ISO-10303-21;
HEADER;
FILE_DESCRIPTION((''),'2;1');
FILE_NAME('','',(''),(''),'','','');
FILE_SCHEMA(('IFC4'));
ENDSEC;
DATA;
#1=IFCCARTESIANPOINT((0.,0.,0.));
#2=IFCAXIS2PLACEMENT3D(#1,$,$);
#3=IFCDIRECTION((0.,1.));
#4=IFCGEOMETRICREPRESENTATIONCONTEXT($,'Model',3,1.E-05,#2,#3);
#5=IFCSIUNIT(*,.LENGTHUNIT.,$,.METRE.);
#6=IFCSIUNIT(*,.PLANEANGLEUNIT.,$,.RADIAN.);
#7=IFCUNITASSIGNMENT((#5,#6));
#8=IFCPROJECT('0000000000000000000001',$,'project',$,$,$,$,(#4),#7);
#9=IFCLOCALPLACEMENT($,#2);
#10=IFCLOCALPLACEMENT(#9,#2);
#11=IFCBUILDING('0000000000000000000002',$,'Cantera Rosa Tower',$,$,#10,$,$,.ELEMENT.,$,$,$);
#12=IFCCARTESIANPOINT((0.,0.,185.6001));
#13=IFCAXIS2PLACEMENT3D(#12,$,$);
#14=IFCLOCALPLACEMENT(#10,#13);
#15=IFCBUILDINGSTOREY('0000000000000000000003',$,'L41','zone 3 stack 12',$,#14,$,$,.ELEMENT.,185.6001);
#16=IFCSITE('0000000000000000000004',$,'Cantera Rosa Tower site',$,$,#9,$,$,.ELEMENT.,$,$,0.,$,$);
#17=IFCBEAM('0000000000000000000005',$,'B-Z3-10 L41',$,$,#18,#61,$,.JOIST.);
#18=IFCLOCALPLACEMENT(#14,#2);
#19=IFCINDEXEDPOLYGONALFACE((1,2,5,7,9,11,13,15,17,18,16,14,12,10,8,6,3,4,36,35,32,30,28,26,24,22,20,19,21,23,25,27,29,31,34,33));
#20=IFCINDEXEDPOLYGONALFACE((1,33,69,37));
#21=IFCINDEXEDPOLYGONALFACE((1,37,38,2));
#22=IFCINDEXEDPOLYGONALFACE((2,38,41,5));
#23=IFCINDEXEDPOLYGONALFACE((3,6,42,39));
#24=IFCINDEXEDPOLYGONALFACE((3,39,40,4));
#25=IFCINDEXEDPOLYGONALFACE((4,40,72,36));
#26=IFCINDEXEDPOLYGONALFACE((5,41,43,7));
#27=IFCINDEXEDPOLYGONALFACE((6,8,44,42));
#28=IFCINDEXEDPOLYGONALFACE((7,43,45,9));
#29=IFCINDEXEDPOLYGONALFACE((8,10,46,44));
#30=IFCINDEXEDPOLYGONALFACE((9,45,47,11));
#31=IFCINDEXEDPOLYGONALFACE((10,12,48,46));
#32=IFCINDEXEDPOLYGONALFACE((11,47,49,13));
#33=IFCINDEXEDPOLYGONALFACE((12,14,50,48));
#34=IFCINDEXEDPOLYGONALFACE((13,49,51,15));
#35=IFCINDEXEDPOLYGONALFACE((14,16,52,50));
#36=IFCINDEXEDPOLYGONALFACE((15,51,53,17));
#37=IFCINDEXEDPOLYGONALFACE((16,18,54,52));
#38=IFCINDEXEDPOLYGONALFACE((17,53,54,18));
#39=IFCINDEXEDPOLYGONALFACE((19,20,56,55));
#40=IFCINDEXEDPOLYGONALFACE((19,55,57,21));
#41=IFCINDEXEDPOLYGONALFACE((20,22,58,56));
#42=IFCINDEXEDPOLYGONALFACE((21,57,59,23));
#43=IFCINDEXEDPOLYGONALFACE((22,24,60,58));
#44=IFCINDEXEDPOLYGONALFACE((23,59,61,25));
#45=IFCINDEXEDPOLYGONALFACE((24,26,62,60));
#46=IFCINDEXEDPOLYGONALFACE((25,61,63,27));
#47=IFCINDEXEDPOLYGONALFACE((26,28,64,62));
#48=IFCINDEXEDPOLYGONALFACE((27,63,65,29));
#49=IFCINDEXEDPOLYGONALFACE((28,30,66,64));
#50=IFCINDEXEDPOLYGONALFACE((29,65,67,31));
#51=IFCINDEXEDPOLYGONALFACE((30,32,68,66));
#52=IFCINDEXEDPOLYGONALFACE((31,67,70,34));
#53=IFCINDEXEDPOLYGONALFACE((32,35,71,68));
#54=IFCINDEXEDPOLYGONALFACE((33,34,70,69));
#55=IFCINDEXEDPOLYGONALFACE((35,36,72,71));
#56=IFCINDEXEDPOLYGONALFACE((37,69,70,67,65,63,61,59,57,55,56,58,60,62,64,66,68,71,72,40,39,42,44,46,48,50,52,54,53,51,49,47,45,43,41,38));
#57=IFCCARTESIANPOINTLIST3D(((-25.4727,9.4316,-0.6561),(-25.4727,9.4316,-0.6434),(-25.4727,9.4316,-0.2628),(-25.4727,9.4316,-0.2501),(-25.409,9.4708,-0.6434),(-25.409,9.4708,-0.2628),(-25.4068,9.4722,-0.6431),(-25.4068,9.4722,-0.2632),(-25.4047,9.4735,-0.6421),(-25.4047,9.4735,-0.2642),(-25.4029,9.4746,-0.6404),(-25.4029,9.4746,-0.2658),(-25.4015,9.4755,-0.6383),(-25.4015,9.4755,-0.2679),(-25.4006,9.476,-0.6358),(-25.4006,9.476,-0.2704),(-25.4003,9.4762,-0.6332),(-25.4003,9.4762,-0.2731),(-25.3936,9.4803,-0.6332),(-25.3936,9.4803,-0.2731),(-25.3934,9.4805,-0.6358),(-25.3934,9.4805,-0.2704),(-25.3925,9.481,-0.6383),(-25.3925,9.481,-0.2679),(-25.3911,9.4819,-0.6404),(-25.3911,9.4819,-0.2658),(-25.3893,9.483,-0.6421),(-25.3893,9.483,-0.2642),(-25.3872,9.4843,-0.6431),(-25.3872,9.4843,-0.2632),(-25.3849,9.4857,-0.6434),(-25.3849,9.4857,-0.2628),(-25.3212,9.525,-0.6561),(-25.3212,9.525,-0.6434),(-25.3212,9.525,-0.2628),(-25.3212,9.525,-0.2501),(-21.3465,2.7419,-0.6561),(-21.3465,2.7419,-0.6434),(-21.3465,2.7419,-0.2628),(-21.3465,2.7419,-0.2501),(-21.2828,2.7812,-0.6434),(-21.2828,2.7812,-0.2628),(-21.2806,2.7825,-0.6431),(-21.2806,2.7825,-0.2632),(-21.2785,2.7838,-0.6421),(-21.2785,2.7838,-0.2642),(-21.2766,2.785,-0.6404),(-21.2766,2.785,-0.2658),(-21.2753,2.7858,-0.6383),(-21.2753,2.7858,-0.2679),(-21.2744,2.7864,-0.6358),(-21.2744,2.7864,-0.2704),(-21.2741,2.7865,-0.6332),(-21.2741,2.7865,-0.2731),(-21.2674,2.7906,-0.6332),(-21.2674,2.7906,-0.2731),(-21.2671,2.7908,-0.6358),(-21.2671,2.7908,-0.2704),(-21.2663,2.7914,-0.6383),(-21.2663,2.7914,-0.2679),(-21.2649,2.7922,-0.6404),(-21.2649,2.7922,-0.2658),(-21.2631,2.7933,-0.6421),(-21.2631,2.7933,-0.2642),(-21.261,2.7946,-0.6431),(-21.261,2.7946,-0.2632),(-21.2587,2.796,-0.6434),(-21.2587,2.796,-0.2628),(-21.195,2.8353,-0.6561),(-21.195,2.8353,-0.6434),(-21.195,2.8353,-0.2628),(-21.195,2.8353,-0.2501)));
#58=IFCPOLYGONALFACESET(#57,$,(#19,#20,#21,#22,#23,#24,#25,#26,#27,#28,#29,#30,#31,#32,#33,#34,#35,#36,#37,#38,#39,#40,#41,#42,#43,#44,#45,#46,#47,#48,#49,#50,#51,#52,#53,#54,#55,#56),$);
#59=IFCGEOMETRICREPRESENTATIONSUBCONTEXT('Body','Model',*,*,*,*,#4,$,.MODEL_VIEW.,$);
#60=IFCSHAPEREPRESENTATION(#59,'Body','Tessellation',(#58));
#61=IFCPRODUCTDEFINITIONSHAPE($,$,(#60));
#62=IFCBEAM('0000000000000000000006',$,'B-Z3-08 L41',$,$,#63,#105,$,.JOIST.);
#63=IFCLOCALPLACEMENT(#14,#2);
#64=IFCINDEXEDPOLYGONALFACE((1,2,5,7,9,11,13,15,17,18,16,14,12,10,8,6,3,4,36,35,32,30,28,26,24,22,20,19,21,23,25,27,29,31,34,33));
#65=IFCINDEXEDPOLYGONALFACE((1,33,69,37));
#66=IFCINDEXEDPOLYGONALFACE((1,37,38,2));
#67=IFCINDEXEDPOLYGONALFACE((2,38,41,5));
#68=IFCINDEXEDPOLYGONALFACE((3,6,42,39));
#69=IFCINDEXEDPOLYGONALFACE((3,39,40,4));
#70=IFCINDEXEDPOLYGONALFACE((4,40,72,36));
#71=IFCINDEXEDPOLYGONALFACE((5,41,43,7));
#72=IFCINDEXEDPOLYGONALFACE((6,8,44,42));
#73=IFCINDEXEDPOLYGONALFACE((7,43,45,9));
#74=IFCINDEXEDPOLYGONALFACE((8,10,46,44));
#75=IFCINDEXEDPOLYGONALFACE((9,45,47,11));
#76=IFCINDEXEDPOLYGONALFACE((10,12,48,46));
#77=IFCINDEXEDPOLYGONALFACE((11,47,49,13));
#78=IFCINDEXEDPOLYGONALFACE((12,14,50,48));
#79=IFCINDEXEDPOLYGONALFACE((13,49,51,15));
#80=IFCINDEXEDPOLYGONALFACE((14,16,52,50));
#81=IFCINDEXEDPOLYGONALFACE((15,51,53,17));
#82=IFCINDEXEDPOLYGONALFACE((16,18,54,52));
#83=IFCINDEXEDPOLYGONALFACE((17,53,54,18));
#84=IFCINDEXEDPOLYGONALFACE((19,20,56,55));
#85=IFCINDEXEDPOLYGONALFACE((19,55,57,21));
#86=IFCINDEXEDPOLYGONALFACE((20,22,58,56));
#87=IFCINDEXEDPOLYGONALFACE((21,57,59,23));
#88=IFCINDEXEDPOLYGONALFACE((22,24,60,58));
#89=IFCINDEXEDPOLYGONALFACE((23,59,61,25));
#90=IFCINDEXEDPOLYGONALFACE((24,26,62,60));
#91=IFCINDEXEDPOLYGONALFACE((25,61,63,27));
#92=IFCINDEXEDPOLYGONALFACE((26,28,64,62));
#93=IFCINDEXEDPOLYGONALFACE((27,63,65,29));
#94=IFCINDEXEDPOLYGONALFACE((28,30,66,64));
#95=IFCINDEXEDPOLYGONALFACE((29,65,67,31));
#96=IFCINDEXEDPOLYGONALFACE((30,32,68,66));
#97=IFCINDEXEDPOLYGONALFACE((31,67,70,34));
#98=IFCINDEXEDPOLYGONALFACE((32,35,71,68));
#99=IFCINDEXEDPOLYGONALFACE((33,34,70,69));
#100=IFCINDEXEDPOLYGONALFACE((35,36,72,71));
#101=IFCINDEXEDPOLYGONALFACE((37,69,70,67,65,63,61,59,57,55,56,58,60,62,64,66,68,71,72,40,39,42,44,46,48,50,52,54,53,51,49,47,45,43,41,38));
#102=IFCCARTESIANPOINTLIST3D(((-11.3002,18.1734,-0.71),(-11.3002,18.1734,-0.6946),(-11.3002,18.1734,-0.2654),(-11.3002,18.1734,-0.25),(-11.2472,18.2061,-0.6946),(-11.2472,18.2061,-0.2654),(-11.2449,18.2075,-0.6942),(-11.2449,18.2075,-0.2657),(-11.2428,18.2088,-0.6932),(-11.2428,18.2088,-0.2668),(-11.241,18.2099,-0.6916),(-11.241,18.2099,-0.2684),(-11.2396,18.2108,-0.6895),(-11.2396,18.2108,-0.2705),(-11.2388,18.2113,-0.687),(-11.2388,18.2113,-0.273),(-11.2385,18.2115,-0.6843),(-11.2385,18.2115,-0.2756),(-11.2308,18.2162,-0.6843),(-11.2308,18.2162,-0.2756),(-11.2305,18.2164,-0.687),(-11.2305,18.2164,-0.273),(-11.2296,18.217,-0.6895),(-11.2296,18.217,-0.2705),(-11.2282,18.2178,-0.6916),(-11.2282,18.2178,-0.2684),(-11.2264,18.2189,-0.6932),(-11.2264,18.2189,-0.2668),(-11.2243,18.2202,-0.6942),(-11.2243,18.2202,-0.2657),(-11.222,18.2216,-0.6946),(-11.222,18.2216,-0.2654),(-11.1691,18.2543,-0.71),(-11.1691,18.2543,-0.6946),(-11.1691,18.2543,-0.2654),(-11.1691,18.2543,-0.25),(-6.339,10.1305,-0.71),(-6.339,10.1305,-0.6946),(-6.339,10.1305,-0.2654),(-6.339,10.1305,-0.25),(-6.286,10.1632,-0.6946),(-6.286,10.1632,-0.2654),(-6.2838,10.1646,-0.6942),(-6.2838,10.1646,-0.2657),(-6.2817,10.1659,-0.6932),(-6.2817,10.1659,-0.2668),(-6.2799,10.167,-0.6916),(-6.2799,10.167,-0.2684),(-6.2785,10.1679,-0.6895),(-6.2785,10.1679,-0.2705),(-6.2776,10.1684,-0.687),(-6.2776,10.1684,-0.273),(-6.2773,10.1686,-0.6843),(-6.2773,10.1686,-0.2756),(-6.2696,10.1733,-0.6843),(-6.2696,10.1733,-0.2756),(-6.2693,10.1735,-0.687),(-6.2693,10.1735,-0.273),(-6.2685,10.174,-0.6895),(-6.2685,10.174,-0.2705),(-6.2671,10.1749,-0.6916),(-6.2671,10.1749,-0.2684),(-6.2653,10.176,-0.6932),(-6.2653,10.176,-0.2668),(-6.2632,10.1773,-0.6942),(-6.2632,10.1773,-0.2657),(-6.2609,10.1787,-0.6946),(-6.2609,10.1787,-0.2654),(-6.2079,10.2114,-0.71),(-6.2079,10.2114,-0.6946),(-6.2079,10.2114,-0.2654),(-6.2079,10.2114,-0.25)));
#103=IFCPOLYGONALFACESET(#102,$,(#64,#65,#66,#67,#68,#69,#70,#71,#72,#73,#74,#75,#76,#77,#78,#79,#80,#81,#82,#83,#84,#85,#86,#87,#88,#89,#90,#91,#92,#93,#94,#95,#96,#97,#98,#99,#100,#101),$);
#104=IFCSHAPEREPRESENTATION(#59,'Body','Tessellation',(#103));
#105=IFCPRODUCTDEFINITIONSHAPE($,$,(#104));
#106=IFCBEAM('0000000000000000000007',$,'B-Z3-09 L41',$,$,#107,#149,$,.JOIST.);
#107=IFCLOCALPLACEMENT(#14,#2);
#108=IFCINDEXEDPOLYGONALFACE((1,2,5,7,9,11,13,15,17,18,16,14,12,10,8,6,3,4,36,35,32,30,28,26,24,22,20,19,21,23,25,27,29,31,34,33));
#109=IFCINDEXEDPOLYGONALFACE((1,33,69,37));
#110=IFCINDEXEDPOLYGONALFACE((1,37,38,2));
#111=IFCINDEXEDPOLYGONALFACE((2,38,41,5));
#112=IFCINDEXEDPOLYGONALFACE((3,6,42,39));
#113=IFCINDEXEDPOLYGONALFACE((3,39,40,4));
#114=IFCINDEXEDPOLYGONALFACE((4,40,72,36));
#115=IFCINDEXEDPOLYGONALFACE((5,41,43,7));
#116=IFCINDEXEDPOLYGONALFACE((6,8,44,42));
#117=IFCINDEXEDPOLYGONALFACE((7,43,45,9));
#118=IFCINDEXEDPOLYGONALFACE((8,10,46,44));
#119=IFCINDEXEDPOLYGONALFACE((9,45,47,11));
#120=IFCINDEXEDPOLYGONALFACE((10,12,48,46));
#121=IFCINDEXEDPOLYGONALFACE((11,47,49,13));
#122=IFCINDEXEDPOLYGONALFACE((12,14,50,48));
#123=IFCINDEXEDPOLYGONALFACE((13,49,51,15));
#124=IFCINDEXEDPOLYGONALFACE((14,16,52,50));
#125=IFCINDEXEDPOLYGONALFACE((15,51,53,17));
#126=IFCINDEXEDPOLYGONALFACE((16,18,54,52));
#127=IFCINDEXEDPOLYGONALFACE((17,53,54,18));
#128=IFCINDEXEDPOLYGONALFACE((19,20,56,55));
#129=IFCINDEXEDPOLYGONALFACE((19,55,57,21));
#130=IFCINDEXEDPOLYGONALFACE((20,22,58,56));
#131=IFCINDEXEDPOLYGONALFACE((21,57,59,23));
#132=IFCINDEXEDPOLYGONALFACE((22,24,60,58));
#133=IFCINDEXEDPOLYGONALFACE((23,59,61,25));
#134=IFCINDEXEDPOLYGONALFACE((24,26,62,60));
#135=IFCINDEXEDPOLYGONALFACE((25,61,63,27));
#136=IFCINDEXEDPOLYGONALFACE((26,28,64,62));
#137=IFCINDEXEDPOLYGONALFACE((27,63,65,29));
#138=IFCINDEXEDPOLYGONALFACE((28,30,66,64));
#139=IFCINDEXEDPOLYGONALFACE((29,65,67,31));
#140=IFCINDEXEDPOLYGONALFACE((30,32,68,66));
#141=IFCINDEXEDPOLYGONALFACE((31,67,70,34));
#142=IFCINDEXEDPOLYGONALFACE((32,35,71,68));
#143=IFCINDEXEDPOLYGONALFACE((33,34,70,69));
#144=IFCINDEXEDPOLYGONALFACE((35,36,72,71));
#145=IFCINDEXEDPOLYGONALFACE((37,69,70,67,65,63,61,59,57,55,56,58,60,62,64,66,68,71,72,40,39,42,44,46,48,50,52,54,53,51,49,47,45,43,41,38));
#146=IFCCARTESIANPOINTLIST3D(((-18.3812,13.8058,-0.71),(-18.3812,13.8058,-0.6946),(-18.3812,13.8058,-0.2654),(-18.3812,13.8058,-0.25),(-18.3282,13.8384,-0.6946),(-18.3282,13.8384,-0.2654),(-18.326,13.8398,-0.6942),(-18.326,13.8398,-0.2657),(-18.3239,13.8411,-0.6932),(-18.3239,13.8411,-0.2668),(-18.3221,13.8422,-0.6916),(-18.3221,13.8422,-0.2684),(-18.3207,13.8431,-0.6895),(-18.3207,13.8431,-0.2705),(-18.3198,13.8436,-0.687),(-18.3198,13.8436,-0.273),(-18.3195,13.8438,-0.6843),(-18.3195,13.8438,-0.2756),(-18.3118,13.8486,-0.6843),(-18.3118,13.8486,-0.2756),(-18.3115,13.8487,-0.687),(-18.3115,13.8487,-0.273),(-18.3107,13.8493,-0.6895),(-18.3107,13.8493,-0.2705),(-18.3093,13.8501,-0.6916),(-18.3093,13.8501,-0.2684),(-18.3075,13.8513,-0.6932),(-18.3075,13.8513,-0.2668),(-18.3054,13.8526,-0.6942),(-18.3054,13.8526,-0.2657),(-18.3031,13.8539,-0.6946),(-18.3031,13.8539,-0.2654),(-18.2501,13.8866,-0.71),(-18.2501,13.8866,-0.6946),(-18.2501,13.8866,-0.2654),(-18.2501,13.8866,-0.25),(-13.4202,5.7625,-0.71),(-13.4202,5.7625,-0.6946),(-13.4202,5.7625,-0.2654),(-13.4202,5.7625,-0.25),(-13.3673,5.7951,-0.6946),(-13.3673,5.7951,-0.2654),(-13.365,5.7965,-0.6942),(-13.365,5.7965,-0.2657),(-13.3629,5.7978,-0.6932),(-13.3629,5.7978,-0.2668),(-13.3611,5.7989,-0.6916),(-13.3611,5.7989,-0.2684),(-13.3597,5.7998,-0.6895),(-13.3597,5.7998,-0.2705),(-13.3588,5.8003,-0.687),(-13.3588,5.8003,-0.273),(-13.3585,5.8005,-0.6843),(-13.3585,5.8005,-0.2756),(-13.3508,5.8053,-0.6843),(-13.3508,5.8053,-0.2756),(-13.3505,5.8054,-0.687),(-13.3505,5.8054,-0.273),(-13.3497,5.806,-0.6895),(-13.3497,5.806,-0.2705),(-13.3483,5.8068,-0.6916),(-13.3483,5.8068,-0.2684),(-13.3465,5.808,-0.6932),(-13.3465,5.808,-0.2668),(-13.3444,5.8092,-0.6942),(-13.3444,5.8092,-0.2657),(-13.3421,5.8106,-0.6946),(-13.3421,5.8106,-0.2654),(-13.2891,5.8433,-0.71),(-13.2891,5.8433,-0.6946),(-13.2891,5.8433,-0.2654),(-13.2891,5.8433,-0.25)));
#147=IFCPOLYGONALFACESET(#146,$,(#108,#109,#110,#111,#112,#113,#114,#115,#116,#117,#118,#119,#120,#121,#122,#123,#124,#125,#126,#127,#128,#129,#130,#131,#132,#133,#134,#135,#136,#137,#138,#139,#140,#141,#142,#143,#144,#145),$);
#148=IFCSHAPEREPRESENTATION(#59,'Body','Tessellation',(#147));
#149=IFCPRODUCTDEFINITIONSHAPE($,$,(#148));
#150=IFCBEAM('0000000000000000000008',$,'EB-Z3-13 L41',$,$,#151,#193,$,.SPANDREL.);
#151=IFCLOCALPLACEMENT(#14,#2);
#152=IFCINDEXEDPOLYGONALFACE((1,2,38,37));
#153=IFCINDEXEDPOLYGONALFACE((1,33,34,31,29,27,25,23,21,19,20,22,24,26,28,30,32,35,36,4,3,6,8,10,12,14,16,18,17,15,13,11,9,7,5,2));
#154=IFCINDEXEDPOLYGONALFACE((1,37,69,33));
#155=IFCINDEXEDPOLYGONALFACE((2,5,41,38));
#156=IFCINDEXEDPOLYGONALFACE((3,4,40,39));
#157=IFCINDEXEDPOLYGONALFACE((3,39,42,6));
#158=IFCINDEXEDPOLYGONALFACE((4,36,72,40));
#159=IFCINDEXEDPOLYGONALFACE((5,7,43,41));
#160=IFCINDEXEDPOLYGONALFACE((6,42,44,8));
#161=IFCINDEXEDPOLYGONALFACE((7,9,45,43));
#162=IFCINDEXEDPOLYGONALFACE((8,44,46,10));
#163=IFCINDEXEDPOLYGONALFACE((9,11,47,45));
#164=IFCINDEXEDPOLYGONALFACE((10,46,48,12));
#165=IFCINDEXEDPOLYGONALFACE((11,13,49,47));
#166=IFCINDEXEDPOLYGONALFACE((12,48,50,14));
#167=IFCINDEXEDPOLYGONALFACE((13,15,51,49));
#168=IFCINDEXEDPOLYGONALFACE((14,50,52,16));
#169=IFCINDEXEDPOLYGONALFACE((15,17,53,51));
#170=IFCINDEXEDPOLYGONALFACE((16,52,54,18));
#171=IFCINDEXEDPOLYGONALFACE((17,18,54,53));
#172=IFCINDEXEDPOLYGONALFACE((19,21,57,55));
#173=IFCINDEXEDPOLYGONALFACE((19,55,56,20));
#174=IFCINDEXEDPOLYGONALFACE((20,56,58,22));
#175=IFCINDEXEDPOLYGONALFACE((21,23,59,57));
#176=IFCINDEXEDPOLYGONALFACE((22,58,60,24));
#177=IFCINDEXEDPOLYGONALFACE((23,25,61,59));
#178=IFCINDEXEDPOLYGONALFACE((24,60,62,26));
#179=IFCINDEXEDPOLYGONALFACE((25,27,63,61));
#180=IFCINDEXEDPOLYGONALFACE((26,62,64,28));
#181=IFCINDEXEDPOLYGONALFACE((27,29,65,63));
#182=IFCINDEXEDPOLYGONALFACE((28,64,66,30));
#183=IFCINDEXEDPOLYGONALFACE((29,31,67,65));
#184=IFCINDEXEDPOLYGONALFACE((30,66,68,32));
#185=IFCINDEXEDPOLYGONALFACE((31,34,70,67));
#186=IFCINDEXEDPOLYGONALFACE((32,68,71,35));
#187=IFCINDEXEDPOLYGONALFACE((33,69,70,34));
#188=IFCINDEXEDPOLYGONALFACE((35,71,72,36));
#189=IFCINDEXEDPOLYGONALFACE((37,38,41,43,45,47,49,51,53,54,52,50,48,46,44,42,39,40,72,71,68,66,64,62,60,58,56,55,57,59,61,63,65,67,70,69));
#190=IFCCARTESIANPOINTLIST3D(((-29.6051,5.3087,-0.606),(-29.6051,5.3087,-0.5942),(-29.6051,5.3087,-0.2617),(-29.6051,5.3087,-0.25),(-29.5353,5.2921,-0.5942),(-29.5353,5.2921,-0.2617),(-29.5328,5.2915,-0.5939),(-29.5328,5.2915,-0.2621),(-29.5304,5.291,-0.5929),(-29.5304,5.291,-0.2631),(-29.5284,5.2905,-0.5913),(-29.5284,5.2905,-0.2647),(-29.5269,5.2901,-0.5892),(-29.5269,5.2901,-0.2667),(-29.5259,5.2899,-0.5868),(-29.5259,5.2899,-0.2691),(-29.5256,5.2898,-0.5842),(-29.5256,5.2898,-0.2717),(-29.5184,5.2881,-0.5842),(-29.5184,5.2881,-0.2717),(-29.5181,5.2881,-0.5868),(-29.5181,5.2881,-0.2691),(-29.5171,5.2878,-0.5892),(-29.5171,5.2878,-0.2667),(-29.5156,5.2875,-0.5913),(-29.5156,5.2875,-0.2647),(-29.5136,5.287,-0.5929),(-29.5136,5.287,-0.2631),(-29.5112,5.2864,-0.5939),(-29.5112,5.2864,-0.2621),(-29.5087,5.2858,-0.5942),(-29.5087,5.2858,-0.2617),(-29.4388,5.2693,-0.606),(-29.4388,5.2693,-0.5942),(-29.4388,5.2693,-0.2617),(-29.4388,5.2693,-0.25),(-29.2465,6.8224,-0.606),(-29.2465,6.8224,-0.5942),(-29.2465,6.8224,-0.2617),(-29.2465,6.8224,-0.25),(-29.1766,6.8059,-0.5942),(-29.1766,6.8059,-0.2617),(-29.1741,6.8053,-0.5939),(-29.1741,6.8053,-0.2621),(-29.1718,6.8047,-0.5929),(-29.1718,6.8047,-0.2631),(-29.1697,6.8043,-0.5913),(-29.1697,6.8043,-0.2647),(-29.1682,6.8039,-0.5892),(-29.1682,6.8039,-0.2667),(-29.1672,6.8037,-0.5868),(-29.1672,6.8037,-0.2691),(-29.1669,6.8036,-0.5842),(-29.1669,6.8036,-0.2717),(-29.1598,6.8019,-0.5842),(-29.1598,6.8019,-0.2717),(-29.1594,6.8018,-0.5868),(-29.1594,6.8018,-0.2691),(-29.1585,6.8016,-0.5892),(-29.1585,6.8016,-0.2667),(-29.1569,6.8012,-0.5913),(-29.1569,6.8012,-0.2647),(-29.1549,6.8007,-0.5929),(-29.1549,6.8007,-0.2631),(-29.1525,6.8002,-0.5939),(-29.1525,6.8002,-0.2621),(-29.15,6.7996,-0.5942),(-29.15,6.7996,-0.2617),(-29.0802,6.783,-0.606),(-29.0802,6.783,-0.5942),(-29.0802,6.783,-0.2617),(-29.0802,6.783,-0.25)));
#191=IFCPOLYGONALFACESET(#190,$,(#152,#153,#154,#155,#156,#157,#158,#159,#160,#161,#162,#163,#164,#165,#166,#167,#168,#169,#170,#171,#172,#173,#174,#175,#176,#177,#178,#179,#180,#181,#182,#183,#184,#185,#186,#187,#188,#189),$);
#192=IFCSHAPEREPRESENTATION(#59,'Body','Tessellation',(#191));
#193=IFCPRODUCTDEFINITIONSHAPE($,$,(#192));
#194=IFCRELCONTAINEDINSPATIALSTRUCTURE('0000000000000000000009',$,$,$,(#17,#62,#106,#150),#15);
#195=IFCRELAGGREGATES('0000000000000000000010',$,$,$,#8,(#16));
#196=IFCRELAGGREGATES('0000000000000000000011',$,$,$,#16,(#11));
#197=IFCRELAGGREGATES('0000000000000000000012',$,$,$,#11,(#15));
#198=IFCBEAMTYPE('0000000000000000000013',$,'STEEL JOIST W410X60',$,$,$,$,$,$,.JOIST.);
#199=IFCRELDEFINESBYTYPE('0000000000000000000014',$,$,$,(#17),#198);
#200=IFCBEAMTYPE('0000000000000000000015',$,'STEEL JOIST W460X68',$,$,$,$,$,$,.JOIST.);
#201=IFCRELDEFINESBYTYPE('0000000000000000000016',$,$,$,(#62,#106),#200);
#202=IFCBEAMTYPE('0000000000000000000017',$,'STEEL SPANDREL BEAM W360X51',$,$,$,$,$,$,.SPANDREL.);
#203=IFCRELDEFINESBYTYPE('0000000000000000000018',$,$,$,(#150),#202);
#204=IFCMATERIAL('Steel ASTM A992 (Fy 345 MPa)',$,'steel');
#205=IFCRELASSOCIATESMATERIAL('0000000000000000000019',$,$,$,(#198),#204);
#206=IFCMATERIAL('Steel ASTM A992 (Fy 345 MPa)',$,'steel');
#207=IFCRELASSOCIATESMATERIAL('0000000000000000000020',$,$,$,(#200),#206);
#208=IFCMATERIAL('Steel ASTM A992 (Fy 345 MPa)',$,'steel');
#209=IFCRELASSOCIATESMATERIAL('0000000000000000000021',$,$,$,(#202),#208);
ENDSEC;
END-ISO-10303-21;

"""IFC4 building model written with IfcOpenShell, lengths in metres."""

from ifc_helpers import new_model, si_unit, direction, frame, origin, origin_2d, place, context, subcontext, project, spatial, i_section, extrude, material, material_profile, profile_set, type_object, element, save


model = new_model("IFC4")

# Units and contexts
model_context = context("Model", 3, precision=1e-05, world=origin(), true_north=direction((0.0, 1.0)))
body_context = subcontext(model_context, "Body", "Model", "MODEL_VIEW")
ifc_project = project(units=[si_unit("LENGTHUNIT", "METRE"), si_unit("PLANEANGLEUNIT", "RADIAN")], contexts=[model_context])

# Site, building, storey
site_placement = place(None, origin())
site = spatial("IfcSite", under=ifc_project, at=site_placement, Name="Cantera Rosa Tower site", CompositionType="ELEMENT", RefElevation=0.0)
building_placement = place(site_placement, origin())
building = spatial("IfcBuilding", under=site, at=building_placement, Name="Cantera Rosa Tower", CompositionType="ELEMENT")
storey_placement = place(building_placement, frame((0.0, 0.0, 185.6001)))
storey = spatial("IfcBuildingStorey", under=building, at=storey_placement, Name="L41", Description="zone 3 stack 12", CompositionType="ELEMENT", Elevation=185.6001)

# Beams
ifc_material_1 = material(Name="Steel ASTM A992 (Fy 345 MPa)", Category="steel")
ifc_material_profile_1 = material_profile(ifc_material_1, i_section(OverallWidth=0.178, OverallDepth=0.406, WebThickness=0.0078, FlangeThickness=0.0127, FilletRadius=0.0103, at=origin_2d()), Name="W410X60")
ifc_profile_set_1 = profile_set([ifc_material_profile_1], Name="Steel ASTM A992 (Fy 345 MPa)")
beam_type_1 = type_object("IfcBeamType", Name="STEEL JOIST W410X60", PredefinedType="JOIST", material=ifc_profile_set_1)
beam_1_placement = place(storey_placement, frame((-25.397, 9.4783, -0.4531), z_axis=(0.524972, -0.851119, 0.0), x_axis=(0.851119, 0.524972, 0.0)))
element("IfcBeam", 1, at=beam_1_placement, inside=storey, type_object=beam_type_1, Name="B-Z3-10 L41", PredefinedType="JOIST", context=body_context, shape_type="SweptSolid", body=[
    extrude(i_section(OverallWidth=0.178, OverallDepth=0.406, WebThickness=0.0078, FlangeThickness=0.0127, FilletRadius=0.0103, at=origin_2d()), origin(), (0.0, 0.0, 1.0), 7.8599),
])
ifc_material_2 = material(Name="Steel ASTM A992 (Fy 345 MPa)", Category="steel")
ifc_material_profile_2 = material_profile(ifc_material_2, i_section(OverallWidth=0.1541, OverallDepth=0.46, WebThickness=0.009, FlangeThickness=0.0154, FilletRadius=0.0103, at=origin_2d()), Name="W460X68")
ifc_profile_set_2 = profile_set([ifc_material_profile_2], Name="Steel ASTM A992 (Fy 345 MPa)")
beam_type_2 = type_object("IfcBeamType", Name="STEEL JOIST W460X68", PredefinedType="JOIST", material=ifc_profile_set_2)
beam_2_placement = place(storey_placement, frame((-11.2346, 18.2139, -0.48), z_axis=(0.524992, -0.851107, 0.0), x_axis=(0.851107, 0.524992, 0.0)))
element("IfcBeam", 2, at=beam_2_placement, inside=storey, type_object=beam_type_2, Name="B-Z3-08 L41", PredefinedType="JOIST", context=body_context, shape_type="SweptSolid", body=[
    extrude(i_section(OverallWidth=0.1541, OverallDepth=0.46, WebThickness=0.009, FlangeThickness=0.0154, FilletRadius=0.0103, at=origin_2d()), origin(), (0.0, 0.0, 1.0), 9.45),
])
beam_3_placement = place(storey_placement, frame((-18.3157, 13.8462, -0.48), z_axis=(0.524962, -0.851126, 0.0), x_axis=(0.851126, 0.524962, 0.0)))
element("IfcBeam", 3, at=beam_3_placement, inside=storey, type_object=beam_type_2, Name="B-Z3-09 L41", PredefinedType="JOIST", context=body_context, shape_type="SweptSolid", body=[
    extrude(i_section(OverallWidth=0.1541, OverallDepth=0.46, WebThickness=0.009, FlangeThickness=0.0154, FilletRadius=0.0103, at=origin_2d()), origin(), (0.0, 0.0, 1.0), 9.4502),
])
ifc_material_3 = material(Name="Steel ASTM A992 (Fy 345 MPa)", Category="steel")
ifc_material_profile_3 = material_profile(ifc_material_3, i_section(OverallWidth=0.1709, OverallDepth=0.356, WebThickness=0.0073, FlangeThickness=0.0117, FilletRadius=0.01, at=origin_2d()), Name="W360X51")
ifc_profile_set_3 = profile_set([ifc_material_profile_3], Name="Steel ASTM A992 (Fy 345 MPa)")
beam_type_3 = type_object("IfcBeamType", Name="STEEL SPANDREL BEAM W360X51", PredefinedType="SPANDREL", material=ifc_profile_set_3)
beam_4_placement = place(storey_placement, frame((-29.1633, 6.8027, -0.428), z_axis=(-0.230552, -0.97306, 0.0), x_axis=(0.97306, -0.230552, 0.0)))
element("IfcBeam", 4, at=beam_4_placement, inside=storey, type_object=beam_type_3, Name="EB-Z3-13 L41", PredefinedType="SPANDREL", context=body_context, shape_type="SweptSolid", body=[
    extrude(i_section(OverallWidth=0.1709, OverallDepth=0.356, WebThickness=0.0073, FlangeThickness=0.0117, FilletRadius=0.01, at=origin_2d()), origin(), (0.0, 0.0, 1.0), 1.5557),
])

save(model, "model.ifc")
